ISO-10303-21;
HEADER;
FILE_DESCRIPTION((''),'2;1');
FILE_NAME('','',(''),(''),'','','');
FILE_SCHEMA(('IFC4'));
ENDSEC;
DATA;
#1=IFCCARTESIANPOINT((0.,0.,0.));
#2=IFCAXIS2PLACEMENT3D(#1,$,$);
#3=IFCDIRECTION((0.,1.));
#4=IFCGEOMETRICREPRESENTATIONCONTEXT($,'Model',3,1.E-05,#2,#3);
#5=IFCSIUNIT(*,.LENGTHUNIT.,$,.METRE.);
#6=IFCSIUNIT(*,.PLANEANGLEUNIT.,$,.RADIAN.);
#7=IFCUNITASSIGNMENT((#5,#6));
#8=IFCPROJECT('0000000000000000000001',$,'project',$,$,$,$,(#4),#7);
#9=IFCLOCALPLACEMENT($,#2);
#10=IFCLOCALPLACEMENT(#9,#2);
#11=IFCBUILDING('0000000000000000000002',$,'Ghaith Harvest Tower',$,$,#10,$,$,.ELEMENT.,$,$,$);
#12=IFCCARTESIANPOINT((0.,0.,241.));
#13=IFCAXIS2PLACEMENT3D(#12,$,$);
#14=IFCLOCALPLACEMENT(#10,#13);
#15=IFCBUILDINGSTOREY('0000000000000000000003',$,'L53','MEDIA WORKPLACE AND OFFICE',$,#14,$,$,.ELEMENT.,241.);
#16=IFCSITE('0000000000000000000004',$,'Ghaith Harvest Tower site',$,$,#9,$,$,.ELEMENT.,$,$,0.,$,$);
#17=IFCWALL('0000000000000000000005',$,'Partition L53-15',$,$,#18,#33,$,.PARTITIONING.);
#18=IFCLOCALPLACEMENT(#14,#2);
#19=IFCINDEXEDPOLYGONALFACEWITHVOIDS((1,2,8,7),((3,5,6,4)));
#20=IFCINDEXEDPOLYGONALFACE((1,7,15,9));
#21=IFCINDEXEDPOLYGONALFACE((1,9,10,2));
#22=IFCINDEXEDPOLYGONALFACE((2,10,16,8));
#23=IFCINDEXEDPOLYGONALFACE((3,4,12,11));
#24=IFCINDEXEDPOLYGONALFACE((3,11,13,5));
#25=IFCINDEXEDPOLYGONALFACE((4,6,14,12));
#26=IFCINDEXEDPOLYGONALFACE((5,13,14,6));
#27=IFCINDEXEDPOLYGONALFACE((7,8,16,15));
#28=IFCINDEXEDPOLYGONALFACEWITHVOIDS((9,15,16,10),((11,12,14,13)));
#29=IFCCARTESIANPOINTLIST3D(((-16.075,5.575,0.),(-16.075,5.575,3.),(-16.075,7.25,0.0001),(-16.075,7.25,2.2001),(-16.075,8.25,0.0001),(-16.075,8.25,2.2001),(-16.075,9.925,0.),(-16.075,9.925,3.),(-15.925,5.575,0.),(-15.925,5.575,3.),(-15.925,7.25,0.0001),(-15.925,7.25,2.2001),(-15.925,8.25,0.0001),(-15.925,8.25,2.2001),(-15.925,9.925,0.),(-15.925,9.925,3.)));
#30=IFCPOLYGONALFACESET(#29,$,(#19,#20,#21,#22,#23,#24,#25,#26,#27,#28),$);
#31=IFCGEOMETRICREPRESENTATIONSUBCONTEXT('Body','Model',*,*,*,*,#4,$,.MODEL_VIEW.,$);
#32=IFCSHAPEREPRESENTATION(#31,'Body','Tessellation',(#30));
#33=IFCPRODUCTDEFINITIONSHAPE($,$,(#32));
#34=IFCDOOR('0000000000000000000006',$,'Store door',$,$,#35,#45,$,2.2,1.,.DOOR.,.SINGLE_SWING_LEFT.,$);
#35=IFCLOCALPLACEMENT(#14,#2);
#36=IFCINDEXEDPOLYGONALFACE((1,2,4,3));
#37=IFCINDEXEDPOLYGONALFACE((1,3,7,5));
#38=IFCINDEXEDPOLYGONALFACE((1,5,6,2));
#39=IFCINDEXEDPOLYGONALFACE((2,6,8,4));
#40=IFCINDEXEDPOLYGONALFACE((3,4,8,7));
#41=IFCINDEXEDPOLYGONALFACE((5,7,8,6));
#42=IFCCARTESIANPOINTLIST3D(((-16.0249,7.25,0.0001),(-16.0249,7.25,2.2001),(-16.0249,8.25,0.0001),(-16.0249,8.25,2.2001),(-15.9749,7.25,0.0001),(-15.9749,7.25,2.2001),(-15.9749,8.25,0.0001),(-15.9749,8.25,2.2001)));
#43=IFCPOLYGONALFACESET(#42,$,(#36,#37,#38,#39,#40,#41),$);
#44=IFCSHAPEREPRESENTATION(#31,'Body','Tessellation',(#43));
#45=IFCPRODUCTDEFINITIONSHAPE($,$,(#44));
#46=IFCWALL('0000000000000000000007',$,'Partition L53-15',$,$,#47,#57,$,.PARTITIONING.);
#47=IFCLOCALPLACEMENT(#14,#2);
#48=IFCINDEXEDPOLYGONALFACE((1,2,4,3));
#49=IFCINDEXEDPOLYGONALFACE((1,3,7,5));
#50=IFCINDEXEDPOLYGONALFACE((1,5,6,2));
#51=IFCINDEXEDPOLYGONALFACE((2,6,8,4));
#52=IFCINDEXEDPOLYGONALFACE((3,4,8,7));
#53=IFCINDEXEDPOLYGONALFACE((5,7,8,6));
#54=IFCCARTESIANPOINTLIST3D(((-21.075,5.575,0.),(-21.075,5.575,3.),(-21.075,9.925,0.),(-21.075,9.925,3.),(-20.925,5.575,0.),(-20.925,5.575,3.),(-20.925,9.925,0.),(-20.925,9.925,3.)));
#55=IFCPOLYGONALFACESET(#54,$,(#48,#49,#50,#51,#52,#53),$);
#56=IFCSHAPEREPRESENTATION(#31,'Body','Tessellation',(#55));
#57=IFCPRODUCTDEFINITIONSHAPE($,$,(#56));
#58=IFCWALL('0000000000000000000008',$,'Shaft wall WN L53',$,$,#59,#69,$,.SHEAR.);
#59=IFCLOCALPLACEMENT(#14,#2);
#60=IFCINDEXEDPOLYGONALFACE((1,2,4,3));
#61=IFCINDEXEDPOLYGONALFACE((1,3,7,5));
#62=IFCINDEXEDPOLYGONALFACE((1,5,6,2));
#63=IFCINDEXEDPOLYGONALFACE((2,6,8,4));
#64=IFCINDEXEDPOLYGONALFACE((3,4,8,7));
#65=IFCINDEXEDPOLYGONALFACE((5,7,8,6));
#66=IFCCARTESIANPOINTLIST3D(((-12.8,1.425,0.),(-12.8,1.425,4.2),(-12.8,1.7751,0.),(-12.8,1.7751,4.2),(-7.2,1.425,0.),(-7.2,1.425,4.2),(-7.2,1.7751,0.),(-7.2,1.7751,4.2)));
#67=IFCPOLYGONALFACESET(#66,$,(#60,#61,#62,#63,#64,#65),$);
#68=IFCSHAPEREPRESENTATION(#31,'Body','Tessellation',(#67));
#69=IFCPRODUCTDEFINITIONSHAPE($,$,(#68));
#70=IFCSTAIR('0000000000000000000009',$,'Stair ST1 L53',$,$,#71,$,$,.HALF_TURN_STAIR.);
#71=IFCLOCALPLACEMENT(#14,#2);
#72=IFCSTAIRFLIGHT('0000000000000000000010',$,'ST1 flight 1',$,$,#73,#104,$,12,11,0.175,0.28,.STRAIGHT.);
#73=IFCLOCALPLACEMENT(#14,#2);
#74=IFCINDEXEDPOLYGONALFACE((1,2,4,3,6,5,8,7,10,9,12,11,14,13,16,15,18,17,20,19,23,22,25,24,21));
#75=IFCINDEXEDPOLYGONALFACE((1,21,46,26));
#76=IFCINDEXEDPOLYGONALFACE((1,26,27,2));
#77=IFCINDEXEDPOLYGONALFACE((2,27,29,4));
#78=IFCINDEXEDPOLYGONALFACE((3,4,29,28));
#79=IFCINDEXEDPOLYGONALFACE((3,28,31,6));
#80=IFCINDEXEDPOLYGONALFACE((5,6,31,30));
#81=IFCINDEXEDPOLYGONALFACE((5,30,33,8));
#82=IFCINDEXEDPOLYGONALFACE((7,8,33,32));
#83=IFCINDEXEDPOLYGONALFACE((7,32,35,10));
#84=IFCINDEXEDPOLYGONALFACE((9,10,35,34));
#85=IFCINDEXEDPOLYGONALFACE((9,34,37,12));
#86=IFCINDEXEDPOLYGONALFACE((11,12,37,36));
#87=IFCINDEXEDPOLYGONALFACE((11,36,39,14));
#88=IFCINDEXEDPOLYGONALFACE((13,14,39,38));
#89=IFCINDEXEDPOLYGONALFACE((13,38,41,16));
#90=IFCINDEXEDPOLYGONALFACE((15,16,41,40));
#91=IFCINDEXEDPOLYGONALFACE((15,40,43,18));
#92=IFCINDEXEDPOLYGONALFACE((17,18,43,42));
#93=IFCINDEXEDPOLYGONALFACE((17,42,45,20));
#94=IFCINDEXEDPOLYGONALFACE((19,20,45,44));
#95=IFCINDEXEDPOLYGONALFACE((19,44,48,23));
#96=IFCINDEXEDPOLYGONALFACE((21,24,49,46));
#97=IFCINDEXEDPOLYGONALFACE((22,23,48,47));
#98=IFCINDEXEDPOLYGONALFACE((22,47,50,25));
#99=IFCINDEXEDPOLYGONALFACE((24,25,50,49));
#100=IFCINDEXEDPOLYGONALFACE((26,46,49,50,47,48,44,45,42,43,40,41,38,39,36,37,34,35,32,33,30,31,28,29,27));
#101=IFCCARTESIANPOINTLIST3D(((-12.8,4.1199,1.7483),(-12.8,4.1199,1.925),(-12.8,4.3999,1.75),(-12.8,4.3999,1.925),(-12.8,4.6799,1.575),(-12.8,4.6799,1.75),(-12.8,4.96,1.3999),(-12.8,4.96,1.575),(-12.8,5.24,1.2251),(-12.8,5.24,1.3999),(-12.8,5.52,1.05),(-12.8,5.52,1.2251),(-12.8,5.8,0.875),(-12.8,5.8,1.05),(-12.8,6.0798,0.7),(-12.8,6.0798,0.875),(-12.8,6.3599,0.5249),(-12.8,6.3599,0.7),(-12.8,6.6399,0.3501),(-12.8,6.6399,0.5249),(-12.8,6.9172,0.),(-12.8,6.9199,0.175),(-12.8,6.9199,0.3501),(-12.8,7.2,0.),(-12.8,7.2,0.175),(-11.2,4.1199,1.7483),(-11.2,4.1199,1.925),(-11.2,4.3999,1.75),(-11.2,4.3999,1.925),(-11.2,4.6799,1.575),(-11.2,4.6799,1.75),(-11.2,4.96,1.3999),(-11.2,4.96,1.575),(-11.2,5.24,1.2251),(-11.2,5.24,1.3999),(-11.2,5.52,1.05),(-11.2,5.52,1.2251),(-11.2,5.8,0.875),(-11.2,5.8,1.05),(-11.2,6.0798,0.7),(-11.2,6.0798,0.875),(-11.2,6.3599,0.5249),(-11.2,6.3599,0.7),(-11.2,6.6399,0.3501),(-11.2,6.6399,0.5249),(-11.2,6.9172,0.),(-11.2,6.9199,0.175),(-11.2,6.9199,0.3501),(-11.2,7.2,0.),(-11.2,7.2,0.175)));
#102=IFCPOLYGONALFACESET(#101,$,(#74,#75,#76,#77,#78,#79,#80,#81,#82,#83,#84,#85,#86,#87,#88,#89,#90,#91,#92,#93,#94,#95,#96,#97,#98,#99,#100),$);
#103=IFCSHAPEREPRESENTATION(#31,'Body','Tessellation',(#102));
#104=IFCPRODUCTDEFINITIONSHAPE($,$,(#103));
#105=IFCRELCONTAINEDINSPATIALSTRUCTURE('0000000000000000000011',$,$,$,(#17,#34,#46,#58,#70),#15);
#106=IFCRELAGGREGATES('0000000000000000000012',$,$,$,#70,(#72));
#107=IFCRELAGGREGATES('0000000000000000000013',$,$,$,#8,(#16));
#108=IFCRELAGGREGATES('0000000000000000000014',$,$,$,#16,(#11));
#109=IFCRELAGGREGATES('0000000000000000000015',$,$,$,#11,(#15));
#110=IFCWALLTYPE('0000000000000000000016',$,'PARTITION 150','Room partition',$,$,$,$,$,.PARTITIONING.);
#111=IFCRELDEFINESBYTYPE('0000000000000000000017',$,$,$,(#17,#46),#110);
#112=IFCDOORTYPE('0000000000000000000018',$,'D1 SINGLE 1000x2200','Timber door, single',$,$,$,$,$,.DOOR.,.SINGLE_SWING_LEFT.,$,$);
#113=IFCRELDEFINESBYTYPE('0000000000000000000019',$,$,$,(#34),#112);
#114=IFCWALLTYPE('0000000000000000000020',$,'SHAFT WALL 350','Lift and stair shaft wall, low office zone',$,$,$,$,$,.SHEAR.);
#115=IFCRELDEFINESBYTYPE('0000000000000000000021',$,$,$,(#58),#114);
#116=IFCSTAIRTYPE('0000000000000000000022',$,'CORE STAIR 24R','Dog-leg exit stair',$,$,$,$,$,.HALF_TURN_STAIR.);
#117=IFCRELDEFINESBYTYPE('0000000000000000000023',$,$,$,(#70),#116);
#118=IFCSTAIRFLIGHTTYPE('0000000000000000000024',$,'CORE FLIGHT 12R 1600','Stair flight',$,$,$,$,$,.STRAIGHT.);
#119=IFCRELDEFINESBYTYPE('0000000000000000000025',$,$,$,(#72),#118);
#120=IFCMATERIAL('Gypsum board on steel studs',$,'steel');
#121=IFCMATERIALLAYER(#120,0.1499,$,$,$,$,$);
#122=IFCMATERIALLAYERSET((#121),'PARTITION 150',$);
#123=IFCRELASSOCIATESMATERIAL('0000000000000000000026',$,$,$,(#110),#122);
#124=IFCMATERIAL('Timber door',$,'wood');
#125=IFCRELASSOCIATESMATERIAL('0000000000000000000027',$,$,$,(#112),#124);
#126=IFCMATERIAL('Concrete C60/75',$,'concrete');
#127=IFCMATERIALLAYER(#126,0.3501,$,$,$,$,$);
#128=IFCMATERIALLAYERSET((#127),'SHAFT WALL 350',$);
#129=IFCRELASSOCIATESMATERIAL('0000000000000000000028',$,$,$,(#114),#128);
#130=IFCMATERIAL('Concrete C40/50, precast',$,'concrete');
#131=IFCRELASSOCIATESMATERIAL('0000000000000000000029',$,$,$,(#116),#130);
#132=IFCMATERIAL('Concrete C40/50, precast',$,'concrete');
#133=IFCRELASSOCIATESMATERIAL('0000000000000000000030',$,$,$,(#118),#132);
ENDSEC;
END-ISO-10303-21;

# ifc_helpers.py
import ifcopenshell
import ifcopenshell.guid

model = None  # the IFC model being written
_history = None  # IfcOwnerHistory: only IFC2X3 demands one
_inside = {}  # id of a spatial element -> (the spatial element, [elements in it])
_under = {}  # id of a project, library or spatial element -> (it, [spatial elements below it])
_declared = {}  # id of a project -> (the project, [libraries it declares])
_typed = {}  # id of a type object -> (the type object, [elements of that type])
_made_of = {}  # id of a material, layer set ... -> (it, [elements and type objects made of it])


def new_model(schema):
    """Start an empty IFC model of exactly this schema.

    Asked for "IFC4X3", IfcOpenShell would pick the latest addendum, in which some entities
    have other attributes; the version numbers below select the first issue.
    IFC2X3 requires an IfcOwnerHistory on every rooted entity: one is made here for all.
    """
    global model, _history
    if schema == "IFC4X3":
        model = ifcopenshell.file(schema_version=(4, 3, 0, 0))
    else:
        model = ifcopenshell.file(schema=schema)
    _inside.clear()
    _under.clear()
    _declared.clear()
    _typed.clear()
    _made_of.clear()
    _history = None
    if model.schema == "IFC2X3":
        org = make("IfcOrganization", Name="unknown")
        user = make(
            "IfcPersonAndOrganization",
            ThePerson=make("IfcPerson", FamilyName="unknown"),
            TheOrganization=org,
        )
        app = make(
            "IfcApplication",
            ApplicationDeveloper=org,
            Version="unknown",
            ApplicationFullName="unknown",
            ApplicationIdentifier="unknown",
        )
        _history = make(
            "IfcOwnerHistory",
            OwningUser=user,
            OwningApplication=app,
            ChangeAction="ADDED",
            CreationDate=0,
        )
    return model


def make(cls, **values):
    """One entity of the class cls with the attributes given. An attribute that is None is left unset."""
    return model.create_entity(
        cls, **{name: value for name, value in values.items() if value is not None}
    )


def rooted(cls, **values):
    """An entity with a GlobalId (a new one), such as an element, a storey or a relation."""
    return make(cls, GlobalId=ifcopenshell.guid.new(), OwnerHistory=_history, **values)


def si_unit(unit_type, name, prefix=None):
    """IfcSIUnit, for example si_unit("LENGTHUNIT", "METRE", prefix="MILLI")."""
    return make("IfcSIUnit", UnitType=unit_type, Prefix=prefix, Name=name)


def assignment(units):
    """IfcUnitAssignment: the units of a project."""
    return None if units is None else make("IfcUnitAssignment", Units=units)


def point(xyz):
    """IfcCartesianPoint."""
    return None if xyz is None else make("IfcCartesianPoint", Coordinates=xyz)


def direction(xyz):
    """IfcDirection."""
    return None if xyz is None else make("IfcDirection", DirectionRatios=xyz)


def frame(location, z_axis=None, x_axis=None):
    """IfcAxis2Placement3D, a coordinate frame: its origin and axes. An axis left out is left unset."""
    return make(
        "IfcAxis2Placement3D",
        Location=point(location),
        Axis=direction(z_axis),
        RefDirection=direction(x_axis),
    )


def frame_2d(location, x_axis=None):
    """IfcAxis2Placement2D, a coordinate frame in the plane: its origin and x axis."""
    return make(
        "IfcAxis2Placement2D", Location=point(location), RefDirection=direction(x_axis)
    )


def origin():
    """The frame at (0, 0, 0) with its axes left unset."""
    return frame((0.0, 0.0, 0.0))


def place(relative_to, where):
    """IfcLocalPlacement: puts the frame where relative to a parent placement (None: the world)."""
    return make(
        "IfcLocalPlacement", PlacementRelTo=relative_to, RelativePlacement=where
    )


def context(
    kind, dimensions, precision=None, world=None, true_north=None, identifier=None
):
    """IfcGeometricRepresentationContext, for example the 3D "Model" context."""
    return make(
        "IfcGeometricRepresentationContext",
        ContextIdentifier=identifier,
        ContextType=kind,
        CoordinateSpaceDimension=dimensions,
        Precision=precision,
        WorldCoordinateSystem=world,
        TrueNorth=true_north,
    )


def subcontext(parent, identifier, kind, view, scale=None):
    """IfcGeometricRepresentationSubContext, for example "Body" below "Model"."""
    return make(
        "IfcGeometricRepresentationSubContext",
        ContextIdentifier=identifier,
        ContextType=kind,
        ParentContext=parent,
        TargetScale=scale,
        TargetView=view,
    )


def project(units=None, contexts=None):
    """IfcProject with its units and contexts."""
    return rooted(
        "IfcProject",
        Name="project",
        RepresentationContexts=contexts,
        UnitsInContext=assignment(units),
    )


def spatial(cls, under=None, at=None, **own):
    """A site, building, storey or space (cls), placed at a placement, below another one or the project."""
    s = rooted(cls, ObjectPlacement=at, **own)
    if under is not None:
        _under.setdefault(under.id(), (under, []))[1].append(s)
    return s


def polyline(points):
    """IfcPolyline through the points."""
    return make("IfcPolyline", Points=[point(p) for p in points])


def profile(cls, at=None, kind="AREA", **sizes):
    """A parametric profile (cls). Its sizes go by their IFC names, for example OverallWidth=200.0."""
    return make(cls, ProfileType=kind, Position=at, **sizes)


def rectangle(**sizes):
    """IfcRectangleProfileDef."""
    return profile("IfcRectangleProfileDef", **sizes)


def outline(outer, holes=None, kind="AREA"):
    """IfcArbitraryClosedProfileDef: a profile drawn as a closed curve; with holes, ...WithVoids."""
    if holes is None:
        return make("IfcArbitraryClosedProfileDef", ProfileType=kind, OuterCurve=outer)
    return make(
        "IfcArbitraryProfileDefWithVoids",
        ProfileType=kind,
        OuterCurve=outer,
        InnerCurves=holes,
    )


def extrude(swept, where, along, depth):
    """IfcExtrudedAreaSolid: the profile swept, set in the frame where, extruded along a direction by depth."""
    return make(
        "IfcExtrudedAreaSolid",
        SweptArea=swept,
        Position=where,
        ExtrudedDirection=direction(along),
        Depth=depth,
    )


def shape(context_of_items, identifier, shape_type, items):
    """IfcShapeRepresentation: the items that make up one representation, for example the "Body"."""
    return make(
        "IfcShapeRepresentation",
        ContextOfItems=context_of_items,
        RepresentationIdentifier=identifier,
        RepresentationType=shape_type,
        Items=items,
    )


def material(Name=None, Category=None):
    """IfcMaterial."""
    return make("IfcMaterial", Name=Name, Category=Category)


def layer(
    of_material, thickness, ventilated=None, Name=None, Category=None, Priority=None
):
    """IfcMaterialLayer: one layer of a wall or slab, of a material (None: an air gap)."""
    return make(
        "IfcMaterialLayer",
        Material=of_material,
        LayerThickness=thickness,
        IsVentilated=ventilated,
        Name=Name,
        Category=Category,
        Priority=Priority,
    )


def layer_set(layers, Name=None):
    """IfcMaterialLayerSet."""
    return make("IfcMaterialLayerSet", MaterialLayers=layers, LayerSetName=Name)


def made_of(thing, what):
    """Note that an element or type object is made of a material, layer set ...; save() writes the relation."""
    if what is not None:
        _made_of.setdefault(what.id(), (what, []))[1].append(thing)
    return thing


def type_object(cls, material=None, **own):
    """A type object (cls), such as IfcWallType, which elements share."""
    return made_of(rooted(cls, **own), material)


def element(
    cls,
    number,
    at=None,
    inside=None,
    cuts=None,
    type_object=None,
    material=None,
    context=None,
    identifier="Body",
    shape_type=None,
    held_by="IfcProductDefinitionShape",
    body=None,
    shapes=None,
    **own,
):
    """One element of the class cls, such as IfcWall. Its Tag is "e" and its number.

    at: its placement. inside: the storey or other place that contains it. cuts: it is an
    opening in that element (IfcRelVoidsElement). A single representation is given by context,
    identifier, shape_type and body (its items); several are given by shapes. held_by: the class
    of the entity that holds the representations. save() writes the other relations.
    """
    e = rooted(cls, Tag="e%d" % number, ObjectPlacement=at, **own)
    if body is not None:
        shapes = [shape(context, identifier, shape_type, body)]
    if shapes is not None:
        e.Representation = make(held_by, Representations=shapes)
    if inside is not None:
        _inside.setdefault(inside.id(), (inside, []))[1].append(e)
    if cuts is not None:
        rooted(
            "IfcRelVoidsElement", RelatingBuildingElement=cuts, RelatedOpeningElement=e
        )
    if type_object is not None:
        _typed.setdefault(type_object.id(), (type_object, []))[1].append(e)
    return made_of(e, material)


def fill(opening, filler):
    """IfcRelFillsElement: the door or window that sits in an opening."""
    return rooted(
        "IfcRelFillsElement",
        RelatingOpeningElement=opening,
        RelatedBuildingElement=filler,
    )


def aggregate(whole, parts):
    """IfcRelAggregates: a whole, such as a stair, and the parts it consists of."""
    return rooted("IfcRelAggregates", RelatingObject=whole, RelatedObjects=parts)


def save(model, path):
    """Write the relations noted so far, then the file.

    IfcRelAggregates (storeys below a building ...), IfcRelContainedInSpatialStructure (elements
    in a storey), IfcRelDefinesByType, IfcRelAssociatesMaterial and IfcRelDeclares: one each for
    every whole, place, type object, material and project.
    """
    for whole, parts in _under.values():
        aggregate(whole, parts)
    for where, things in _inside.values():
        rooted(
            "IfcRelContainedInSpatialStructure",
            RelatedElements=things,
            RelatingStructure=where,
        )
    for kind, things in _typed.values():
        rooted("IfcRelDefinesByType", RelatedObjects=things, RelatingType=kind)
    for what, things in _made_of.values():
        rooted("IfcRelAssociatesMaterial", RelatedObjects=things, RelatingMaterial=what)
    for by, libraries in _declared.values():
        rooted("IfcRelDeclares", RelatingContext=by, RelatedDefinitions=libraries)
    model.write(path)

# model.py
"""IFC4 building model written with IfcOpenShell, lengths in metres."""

from ifc_helpers import new_model, si_unit, direction, frame, frame_2d, origin, place, context, subcontext, project, spatial, polyline, rectangle, outline, extrude, material, layer, layer_set, type_object, element, fill, aggregate, save


model = new_model("IFC4")

# Units and contexts
model_context = context("Model", 3, precision=1e-05, world=origin(), true_north=direction((0.0, 1.0)))
body_context = subcontext(model_context, "Body", "Model", "MODEL_VIEW")
ifc_project = project(units=[si_unit("LENGTHUNIT", "METRE"), si_unit("PLANEANGLEUNIT", "RADIAN")], contexts=[model_context])

# Site, building, storey
site_placement = place(None, origin())
site = spatial("IfcSite", under=ifc_project, at=site_placement, Name="Ghaith Harvest Tower site", CompositionType="ELEMENT", RefElevation=0.0)
building_placement = place(site_placement, origin())
building = spatial("IfcBuilding", under=site, at=building_placement, Name="Ghaith Harvest Tower", CompositionType="ELEMENT")
storey_placement = place(building_placement, frame((0.0, 0.0, 241.0)))
storey = spatial("IfcBuildingStorey", under=building, at=storey_placement, Name="L53", Description="MEDIA WORKPLACE AND OFFICE", CompositionType="ELEMENT", Elevation=241.0)

# Shared definitions
ifc_material_1 = material(Name="Gypsum board on steel studs", Category="steel")
ifc_layer_1 = layer(ifc_material_1, 0.1499)
ifc_layer_set_1 = layer_set([ifc_layer_1], Name="PARTITION 150")
wall_type_1 = type_object("IfcWallType", Name="PARTITION 150", Description="Room partition", PredefinedType="PARTITIONING", material=ifc_layer_set_1)

# Wall, opening, door
wall_1_placement = place(storey_placement, frame((-16.0, 5.575, 0.0), z_axis=(0.0, 0.0, 1.0), x_axis=(0.0, 1.0, 0.0)))
wall_1 = element("IfcWall", 1, at=wall_1_placement, inside=storey, type_object=wall_type_1, Name="Partition L53-15", PredefinedType="PARTITIONING", context=body_context, shape_type="SweptSolid", body=[
    extrude(rectangle(XDim=4.3501, YDim=0.1499, at=frame_2d((2.175, 0.0))), origin(), (0.0, 0.0, 1.0), 3.0),
])
opening_placement = place(wall_1_placement, frame((1.675, 0.0, 0.0)))
opening = element("IfcOpeningElement", 2, at=opening_placement, cuts=wall_1, PredefinedType="OPENING", context=body_context, shape_type="SweptSolid", body=[
    extrude(rectangle(XDim=1.0, YDim=2.2, at=frame_2d((0.5, 1.1001))), frame((0.0, 0.085, 0.0), z_axis=(0.0, -1.0, 0.0), x_axis=(1.0, 0.0, 0.0)), (0.0, 0.0, 1.0), 0.1699),
])
ifc_material_2 = material(Name="Timber door", Category="wood")
door_type = type_object("IfcDoorType", Name="D1 SINGLE 1000x2200", Description="Timber door, single", OperationType="SINGLE_SWING_LEFT", PredefinedType="DOOR", material=ifc_material_2)
door_placement = place(opening_placement, origin())
door = element("IfcDoor", 3, at=door_placement, inside=storey, type_object=door_type, Name="Store door", OperationType="SINGLE_SWING_LEFT", OverallHeight=2.2, OverallWidth=1.0, PredefinedType="DOOR", context=body_context, shape_type="SweptSolid", body=[
    extrude(rectangle(XDim=1.0, YDim=2.2, at=frame_2d((0.5, 1.1001))), frame((0.0, 0.0249, 0.0), z_axis=(0.0, -1.0, 0.0), x_axis=(1.0, 0.0, 0.0)), (0.0, 0.0, 1.0), 0.05),
])
fill(opening, door)

# Walls
wall_2_placement = place(storey_placement, frame((-21.0, 5.575, 0.0), z_axis=(0.0, 0.0, 1.0), x_axis=(0.0, 1.0, 0.0)))
element("IfcWall", 4, at=wall_2_placement, inside=storey, type_object=wall_type_1, Name="Partition L53-15", PredefinedType="PARTITIONING", context=body_context, shape_type="SweptSolid", body=[
    extrude(rectangle(XDim=4.3501, YDim=0.1499, at=frame_2d((2.175, 0.0))), origin(), (0.0, 0.0, 1.0), 3.0),
])
ifc_material_3 = material(Name="Concrete C60/75", Category="concrete")
ifc_layer_2 = layer(ifc_material_3, 0.3501)
ifc_layer_set_2 = layer_set([ifc_layer_2], Name="SHAFT WALL 350")
wall_type_2 = type_object("IfcWallType", Name="SHAFT WALL 350", Description="Lift and stair shaft wall, low office zone", PredefinedType="SHEAR", material=ifc_layer_set_2)
wall_3_placement = place(storey_placement, frame((-12.8, 1.6001, 0.0), z_axis=(0.0, 0.0, 1.0), x_axis=(1.0, 0.0, 0.0)))
element("IfcWall", 5, at=wall_3_placement, inside=storey, type_object=wall_type_2, Name="Shaft wall WN L53", PredefinedType="SHEAR", context=body_context, shape_type="SweptSolid", body=[
    extrude(rectangle(XDim=5.6001, YDim=0.3501, at=frame_2d((2.8, 0.0))), origin(), (0.0, 0.0, 1.0), 4.2),
])

# Stair, stair flight
ifc_material_4 = material(Name="Concrete C40/50, precast", Category="concrete")
stair_type = type_object("IfcStairType", Name="CORE STAIR 24R", Description="Dog-leg exit stair", PredefinedType="HALF_TURN_STAIR", material=ifc_material_4)
stair_placement = place(storey_placement, origin())
stair = element("IfcStair", 6, at=stair_placement, inside=storey, type_object=stair_type, Name="Stair ST1 L53", PredefinedType="HALF_TURN_STAIR")
ifc_material_5 = material(Name="Concrete C40/50, precast", Category="concrete")
stair_flight_type = type_object("IfcStairFlightType", Name="CORE FLIGHT 12R 1600", Description="Stair flight", PredefinedType="STRAIGHT", material=ifc_material_5)
stair_flight_placement = place(storey_placement, frame((-12.0, 7.2, 0.0), z_axis=(0.0, 0.0, 1.0), x_axis=(0.0, -1.0, 0.0)))
stair_flight = element("IfcStairFlight", 7, at=stair_flight_placement, type_object=stair_flight_type, Name="ST1 flight 1", NumberOfRisers=12, NumberOfTreads=11, PredefinedType="STRAIGHT", RiserHeight=0.175, TreadLength=0.28, context=body_context, shape_type="SweptSolid", body=[
    extrude(outline(polyline([(0.0, 0.0), (0.0, 0.175), (0.28, 0.175), (0.28, 0.3501), (0.5601, 0.3501), (0.5601, 0.5249), (0.8401, 0.5249), (0.8401, 0.7), (1.1201, 0.7), (1.1201, 0.875), (1.3999, 0.875), (1.3999, 1.05), (1.6799, 1.05), (1.6799, 1.2251), (1.96, 1.2251), (1.96, 1.3999), (2.24, 1.3999), (2.24, 1.575), (2.52, 1.575), (2.52, 1.75), (2.8, 1.75), (2.8, 1.925), (3.0801, 1.925), (3.0801, 2.1001), (3.0801, 1.7483), (0.2827, 0.0), (0.0, 0.0)])), frame((0.0, 0.8, 0.0), z_axis=(0.0, -1.0, 0.0), x_axis=(1.0, 0.0, 0.0)), (0.0, 0.0, 1.0), 1.6001),
])
aggregate(stair, [stair_flight])

save(model, "model.ifc")
